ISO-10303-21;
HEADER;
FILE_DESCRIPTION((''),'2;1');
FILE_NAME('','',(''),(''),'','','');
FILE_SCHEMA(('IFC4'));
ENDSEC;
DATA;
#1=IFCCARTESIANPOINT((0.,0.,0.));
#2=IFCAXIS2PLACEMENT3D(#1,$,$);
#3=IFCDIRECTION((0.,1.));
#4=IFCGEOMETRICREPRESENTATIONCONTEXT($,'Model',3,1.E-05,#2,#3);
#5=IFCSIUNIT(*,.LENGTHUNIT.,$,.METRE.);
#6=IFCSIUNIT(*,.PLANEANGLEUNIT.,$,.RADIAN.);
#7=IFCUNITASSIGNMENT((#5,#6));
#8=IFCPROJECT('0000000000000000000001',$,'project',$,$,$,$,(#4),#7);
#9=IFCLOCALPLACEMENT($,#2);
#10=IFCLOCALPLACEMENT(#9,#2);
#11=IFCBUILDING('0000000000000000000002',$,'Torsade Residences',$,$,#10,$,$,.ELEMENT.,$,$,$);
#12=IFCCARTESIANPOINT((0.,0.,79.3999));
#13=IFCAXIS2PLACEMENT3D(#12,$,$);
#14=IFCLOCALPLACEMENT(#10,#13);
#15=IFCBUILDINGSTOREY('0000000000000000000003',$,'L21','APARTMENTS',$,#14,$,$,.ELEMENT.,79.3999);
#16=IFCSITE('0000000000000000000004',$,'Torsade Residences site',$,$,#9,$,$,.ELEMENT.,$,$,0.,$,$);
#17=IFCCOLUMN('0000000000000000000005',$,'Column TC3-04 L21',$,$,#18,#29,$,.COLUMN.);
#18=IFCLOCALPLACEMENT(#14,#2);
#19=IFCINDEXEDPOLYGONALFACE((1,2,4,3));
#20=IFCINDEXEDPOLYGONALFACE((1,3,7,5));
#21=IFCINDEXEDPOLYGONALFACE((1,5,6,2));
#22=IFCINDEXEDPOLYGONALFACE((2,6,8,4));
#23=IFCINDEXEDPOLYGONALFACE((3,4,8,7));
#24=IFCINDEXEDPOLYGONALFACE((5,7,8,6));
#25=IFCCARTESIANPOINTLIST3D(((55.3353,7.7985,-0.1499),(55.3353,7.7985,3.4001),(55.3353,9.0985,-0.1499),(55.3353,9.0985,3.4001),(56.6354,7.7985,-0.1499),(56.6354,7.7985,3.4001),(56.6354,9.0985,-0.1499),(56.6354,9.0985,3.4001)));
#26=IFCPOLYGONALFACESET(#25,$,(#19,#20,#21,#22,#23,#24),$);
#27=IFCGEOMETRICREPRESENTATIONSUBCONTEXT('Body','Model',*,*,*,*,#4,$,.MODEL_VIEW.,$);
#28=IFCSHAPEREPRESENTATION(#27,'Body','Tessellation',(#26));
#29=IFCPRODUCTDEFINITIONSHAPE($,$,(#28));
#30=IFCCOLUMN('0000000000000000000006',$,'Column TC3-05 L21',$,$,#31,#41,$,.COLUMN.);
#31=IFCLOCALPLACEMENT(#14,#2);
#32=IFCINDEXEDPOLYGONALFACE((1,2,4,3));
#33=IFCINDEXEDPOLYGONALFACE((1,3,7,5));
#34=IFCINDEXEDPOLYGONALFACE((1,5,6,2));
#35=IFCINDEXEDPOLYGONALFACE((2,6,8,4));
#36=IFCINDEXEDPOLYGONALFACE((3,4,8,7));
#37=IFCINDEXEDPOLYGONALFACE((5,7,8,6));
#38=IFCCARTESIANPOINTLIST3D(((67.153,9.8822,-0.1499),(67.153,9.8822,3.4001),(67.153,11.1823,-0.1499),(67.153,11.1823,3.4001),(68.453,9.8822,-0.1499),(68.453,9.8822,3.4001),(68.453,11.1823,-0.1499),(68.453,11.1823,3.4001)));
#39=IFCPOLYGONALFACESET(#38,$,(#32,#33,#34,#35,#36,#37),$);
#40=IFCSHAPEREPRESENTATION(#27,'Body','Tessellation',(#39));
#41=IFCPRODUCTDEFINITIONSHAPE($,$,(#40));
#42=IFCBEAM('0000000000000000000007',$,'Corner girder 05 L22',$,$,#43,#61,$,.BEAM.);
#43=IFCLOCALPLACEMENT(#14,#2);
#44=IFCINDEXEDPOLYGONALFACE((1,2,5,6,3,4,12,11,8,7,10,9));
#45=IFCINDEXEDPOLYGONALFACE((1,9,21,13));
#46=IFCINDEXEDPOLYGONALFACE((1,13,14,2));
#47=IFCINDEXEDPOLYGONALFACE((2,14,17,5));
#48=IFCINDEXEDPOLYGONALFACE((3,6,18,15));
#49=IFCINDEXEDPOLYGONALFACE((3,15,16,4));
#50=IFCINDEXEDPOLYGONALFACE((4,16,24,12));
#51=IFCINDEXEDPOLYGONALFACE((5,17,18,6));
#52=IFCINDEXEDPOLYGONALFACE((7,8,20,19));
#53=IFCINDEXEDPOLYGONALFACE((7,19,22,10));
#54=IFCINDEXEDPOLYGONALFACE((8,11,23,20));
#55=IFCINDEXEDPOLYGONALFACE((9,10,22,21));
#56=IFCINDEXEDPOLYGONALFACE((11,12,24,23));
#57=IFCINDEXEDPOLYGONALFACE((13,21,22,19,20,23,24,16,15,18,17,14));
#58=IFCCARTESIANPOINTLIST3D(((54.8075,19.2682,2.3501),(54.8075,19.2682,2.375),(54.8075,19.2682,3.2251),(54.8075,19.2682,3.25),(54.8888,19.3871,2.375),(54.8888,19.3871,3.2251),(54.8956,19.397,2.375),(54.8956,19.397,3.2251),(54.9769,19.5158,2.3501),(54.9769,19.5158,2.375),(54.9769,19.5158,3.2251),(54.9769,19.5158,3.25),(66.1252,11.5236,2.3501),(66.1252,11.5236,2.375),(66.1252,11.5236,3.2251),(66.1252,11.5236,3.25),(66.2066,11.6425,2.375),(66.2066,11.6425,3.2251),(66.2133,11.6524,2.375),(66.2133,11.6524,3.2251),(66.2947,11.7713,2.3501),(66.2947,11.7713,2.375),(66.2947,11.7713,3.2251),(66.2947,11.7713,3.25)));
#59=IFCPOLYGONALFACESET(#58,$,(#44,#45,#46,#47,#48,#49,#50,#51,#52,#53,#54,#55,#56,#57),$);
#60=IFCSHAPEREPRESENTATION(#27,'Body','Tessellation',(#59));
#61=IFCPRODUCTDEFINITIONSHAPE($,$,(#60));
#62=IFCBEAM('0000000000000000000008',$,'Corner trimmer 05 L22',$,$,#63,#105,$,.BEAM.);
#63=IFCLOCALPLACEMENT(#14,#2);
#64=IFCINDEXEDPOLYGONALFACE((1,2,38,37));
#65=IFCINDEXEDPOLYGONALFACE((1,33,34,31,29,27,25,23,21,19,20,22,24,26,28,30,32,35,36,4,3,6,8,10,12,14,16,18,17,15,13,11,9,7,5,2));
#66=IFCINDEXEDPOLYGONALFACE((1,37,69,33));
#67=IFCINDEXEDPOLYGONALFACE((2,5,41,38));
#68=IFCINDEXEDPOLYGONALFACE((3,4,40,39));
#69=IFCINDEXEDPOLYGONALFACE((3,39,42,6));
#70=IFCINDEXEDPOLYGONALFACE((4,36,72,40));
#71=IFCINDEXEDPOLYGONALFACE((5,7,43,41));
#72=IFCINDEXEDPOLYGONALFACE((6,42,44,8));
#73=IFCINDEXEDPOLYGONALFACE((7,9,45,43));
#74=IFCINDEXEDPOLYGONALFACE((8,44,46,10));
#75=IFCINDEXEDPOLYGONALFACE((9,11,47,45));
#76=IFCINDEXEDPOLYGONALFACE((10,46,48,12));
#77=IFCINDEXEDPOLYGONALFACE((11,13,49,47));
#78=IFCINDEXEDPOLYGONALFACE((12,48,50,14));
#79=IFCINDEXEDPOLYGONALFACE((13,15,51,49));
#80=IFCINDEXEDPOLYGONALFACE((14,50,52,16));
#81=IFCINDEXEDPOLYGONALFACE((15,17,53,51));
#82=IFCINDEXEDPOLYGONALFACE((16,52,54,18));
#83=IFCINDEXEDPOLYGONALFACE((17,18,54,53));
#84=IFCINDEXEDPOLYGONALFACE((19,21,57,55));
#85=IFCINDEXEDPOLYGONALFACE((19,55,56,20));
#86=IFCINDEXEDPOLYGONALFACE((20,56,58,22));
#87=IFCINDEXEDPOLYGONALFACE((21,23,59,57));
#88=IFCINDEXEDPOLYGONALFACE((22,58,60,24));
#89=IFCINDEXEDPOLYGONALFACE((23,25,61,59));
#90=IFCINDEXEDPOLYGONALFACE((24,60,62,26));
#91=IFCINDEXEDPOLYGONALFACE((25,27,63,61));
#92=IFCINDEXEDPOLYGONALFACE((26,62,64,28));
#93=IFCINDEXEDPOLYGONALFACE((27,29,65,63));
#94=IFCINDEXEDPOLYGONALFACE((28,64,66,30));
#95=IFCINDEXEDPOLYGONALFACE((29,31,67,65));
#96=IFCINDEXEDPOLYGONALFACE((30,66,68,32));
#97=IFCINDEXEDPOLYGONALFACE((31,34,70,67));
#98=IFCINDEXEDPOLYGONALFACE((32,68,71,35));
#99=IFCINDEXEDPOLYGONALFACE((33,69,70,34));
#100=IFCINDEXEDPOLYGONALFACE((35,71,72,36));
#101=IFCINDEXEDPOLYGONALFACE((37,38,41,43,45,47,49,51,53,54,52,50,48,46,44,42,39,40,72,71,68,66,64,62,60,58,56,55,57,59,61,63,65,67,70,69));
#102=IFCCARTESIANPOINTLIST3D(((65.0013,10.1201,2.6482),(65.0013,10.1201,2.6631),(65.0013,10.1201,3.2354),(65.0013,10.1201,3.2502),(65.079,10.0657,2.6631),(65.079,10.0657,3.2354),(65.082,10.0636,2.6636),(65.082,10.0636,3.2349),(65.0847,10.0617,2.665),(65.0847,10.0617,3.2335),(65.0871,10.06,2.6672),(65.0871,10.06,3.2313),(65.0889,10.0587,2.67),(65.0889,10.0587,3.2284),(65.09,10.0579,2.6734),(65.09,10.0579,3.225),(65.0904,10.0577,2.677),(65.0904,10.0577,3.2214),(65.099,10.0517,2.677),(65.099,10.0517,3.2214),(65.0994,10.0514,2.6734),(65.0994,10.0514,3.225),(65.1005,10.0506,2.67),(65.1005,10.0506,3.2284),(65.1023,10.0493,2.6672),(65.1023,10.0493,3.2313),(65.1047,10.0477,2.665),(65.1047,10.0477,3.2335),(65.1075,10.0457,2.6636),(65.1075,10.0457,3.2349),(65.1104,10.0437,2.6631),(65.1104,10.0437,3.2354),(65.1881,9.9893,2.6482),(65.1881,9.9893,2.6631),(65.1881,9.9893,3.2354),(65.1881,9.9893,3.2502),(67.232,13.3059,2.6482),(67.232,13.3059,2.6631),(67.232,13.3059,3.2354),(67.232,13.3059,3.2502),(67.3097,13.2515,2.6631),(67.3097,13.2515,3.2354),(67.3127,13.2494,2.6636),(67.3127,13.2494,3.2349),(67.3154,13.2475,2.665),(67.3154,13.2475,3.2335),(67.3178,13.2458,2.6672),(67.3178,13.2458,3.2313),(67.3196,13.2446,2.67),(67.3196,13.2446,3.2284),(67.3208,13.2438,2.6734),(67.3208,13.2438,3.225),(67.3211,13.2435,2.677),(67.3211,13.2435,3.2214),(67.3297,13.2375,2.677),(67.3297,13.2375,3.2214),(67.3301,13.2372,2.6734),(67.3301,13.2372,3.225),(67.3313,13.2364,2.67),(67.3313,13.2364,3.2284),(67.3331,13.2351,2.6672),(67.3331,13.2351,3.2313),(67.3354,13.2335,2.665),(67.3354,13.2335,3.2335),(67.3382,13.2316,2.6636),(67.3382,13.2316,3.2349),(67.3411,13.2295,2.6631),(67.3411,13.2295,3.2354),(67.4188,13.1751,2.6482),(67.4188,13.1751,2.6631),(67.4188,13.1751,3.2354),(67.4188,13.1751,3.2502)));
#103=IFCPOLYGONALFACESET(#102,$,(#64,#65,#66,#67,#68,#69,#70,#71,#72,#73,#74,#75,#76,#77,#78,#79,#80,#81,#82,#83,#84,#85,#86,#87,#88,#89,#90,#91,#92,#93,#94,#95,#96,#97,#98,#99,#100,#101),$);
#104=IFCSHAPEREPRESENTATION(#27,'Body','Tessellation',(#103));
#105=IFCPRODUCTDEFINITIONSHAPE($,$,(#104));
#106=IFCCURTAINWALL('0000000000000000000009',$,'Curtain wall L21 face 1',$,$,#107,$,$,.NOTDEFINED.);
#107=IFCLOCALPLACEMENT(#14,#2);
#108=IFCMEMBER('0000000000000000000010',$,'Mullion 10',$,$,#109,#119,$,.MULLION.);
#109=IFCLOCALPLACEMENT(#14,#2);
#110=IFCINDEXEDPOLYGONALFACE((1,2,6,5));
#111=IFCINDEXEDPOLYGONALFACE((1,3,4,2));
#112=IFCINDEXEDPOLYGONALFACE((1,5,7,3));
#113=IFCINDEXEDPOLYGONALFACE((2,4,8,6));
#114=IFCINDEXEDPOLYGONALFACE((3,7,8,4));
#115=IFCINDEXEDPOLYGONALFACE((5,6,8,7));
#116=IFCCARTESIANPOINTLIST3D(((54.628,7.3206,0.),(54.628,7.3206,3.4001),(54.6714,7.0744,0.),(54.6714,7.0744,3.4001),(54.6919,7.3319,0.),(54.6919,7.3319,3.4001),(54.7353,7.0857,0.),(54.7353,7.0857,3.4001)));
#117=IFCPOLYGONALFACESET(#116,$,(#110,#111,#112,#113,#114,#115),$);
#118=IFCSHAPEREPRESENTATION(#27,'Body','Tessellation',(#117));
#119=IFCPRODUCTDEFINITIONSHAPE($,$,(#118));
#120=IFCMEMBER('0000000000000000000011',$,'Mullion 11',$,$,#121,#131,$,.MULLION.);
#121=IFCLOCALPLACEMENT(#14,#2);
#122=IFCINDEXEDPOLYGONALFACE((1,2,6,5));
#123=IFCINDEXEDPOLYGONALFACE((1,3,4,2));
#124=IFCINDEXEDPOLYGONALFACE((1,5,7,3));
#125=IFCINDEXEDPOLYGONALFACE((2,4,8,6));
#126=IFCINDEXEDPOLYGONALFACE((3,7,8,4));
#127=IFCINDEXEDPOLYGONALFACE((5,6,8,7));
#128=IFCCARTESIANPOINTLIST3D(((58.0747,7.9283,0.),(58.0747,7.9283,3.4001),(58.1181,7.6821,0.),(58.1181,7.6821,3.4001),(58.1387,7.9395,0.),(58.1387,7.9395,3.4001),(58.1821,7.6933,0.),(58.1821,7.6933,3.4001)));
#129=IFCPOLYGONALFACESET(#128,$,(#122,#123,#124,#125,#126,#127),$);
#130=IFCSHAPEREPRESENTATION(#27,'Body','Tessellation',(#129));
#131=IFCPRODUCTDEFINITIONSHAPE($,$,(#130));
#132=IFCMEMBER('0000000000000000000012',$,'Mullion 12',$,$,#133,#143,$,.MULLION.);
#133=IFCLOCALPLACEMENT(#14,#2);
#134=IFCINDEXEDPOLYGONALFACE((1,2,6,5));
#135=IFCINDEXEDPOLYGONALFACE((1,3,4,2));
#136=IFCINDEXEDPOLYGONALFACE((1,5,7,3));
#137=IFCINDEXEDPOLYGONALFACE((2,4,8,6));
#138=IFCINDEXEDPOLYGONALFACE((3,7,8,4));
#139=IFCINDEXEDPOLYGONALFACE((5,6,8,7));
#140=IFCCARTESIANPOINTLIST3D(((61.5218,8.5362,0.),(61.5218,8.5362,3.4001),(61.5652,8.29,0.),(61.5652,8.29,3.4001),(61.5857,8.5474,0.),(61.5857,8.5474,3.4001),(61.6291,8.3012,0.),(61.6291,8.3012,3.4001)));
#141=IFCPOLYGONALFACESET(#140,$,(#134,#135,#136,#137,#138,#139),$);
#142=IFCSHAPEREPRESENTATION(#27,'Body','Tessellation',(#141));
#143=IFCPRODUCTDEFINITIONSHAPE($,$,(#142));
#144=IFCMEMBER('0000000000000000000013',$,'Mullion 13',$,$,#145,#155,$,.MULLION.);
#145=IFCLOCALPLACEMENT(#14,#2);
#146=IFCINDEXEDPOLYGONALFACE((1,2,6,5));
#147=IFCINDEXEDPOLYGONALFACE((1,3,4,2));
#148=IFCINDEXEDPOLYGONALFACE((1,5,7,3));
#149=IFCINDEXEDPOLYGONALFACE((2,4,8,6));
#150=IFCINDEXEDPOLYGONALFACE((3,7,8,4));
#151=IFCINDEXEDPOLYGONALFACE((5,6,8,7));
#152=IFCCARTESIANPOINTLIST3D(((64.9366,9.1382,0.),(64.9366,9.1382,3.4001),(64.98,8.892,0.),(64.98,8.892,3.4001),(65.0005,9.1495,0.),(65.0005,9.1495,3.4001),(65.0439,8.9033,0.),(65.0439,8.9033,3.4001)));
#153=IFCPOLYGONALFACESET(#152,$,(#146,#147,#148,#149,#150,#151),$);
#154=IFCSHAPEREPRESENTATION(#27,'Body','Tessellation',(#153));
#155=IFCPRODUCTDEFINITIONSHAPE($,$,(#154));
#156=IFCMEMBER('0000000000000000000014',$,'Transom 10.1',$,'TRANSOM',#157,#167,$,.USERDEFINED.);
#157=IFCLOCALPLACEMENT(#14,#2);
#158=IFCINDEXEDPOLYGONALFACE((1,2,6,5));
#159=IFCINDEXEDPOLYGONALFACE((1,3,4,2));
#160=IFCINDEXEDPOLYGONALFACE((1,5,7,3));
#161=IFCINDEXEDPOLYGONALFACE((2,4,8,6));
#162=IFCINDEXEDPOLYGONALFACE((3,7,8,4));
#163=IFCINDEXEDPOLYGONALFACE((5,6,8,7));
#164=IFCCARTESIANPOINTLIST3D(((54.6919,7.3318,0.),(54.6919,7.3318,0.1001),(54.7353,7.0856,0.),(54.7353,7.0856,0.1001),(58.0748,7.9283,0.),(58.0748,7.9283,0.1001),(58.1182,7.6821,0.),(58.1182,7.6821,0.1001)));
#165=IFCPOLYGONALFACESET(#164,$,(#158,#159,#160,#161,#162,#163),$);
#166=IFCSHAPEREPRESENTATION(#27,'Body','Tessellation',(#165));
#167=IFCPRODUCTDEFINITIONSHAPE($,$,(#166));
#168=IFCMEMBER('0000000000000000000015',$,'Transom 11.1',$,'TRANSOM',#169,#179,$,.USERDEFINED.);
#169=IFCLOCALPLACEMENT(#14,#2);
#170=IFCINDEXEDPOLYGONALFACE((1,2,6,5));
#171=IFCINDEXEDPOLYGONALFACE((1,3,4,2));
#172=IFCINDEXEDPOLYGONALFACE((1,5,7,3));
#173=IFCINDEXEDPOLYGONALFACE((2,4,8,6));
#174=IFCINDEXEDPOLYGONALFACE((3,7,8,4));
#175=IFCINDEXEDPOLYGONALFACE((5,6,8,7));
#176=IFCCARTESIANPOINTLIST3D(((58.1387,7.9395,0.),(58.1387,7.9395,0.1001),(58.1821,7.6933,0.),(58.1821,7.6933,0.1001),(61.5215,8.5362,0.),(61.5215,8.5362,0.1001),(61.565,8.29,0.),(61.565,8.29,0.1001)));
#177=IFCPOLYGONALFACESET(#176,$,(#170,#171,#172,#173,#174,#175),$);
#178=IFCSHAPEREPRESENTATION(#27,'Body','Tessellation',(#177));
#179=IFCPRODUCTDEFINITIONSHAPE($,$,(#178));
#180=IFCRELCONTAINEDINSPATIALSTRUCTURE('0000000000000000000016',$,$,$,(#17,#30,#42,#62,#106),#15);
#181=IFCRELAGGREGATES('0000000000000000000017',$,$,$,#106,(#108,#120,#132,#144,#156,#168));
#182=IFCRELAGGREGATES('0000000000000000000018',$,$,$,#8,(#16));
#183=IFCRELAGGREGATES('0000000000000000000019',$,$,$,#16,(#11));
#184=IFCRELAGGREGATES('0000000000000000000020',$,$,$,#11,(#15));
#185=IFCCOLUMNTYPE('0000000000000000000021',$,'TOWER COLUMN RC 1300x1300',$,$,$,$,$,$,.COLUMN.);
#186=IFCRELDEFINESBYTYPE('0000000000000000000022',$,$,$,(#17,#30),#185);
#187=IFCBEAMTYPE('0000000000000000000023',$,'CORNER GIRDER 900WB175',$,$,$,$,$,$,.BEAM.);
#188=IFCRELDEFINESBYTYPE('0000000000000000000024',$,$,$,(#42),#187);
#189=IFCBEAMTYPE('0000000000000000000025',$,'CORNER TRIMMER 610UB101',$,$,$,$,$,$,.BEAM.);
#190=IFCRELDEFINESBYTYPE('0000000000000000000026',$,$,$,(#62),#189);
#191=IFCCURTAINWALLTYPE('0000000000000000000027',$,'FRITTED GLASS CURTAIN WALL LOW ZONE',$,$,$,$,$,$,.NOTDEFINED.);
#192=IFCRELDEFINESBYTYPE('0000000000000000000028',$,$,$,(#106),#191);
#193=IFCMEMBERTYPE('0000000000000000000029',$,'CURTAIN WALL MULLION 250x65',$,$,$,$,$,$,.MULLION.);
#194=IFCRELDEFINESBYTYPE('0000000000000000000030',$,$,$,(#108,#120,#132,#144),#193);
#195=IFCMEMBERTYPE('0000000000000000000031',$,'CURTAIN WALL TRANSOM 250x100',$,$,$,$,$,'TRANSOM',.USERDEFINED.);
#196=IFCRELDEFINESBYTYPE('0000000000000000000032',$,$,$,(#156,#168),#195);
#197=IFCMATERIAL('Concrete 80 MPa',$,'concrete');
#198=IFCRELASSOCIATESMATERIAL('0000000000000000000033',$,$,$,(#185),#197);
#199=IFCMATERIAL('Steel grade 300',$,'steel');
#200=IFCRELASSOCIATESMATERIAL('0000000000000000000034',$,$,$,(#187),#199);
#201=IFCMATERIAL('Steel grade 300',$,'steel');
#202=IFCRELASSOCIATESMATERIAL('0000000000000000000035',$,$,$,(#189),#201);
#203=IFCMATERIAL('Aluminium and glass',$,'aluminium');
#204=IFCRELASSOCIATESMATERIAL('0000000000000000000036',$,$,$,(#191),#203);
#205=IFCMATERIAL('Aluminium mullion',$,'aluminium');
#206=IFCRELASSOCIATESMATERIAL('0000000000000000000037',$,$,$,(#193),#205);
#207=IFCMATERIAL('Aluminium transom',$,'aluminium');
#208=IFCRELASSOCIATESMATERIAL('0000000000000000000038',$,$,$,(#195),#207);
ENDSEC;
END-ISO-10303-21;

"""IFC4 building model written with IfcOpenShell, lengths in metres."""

from ifc_helpers import new_model, si_unit, direction, frame, origin, origin_2d, place, context, subcontext, project, spatial, rectangle, i_section, extrude, material, material_profile, profile_set, type_object, element, aggregate, save


model = new_model("IFC4")

# Units and contexts
model_context = context("Model", 3, precision=1e-05, world=origin(), true_north=direction((0.0, 1.0)))
body_context = subcontext(model_context, "Body", "Model", "MODEL_VIEW")
ifc_project = project(units=[si_unit("LENGTHUNIT", "METRE"), si_unit("PLANEANGLEUNIT", "RADIAN")], contexts=[model_context])

# Site, building, storey
site_placement = place(None, origin())
site = spatial("IfcSite", under=ifc_project, at=site_placement, Name="Torsade Residences site", CompositionType="ELEMENT", RefElevation=0.0)
building_placement = place(site_placement, origin())
building = spatial("IfcBuilding", under=site, at=building_placement, Name="Torsade Residences", CompositionType="ELEMENT")
storey_placement = place(building_placement, frame((0.0, 0.0, 79.3999)))
storey = spatial("IfcBuildingStorey", under=building, at=storey_placement, Name="L21", Description="APARTMENTS", CompositionType="ELEMENT", Elevation=79.3999)

# Columns
ifc_material_1 = material(Name="Concrete 80 MPa", Category="concrete")
ifc_material_profile_1 = material_profile(ifc_material_1, rectangle(XDim=1.3, YDim=1.3, at=origin_2d()), Name="RC 1300x1300")
ifc_profile_set_1 = profile_set([ifc_material_profile_1], Name="Concrete 80 MPa")
column_type = type_object("IfcColumnType", Name="TOWER COLUMN RC 1300x1300", PredefinedType="COLUMN", material=ifc_profile_set_1)
for number, where, z_axis, x_axis, name in (
    (1, (55.9854, 8.4485, -0.1499), (0.0, 0.0, 1.0), (1.0, 0.0, 0.0), "Column TC3-04 L21"),
    (2, (67.803, 10.5322, -0.1499), (0.0, 0.0, 1.0), (1.0, 0.0, 0.0), "Column TC3-05 L21"),
):
    element("IfcColumn", number, at=place(storey_placement, frame(where, z_axis=z_axis, x_axis=x_axis)), inside=storey, type_object=column_type, Name=name, PredefinedType="COLUMN", context=body_context, shape_type="SweptSolid", body=[
        extrude(rectangle(XDim=1.3, YDim=1.3, at=origin_2d()), origin(), (0.0, 0.0, 1.0), 3.55),
    ])

# Beams
ifc_material_2 = material(Name="Steel grade 300", Category="steel")
ifc_material_profile_2 = material_profile(ifc_material_2, i_section(OverallWidth=0.3, OverallDepth=0.8999, WebThickness=0.012, FlangeThickness=0.0249, at=origin_2d()), Name="900WB175")
ifc_profile_set_2 = profile_set([ifc_material_profile_2], Name="Steel grade 300")
beam_type_1 = type_object("IfcBeamType", Name="CORNER GIRDER 900WB175", PredefinedType="BEAM", material=ifc_profile_set_2)
beam_1_placement = place(storey_placement, frame((66.21, 11.6475, 2.8), z_axis=(-0.825279, 0.564725, 0.0), x_axis=(-0.564725, -0.825279, 0.0)))
element("IfcBeam", 3, at=beam_1_placement, inside=storey, type_object=beam_type_1, Name="Corner girder 05 L22", PredefinedType="BEAM", context=body_context, shape_type="SweptSolid", body=[
    extrude(i_section(OverallWidth=0.3, OverallDepth=0.8999, WebThickness=0.012, FlangeThickness=0.0249, at=origin_2d()), origin(), (0.0, 0.0, 1.0), 13.7139),
])
ifc_material_3 = material(Name="Steel grade 300", Category="steel")
ifc_material_profile_3 = material_profile(ifc_material_3, i_section(OverallWidth=0.228, OverallDepth=0.6021, WebThickness=0.0105, FlangeThickness=0.0149, FilletRadius=0.0139, at=origin_2d()), Name="610UB101")
ifc_profile_set_3 = profile_set([ifc_material_profile_3], Name="Steel grade 300")
beam_type_2 = type_object("IfcBeamType", Name="CORNER TRIMMER 610UB101", PredefinedType="BEAM", material=ifc_profile_set_3)
beam_2_placement = place(storey_placement, frame((67.3254, 13.2405, 2.9492), z_axis=(-0.573576, -0.819152, 0.0), x_axis=(0.819152, -0.573576, 0.0)))
element("IfcBeam", 4, at=beam_2_placement, inside=storey, type_object=beam_type_2, Name="Corner trimmer 05 L22", PredefinedType="BEAM", context=body_context, shape_type="SweptSolid", body=[
    extrude(i_section(OverallWidth=0.228, OverallDepth=0.6021, WebThickness=0.0105, FlangeThickness=0.0149, FilletRadius=0.0139, at=origin_2d()), origin(), (0.0, 0.0, 1.0), 3.8892),
])

# Curtain wall, members
ifc_material_4 = material(Name="Aluminium and glass", Category="aluminium")
curtain_wall_type = type_object("IfcCurtainWallType", Name="FRITTED GLASS CURTAIN WALL LOW ZONE", PredefinedType="NOTDEFINED", material=ifc_material_4)
curtain_wall_placement = place(storey_placement, origin())
curtain_wall = element("IfcCurtainWall", 5, at=curtain_wall_placement, inside=storey, type_object=curtain_wall_type, Name="Curtain wall L21 face 1", PredefinedType="NOTDEFINED")
ifc_material_5 = material(Name="Aluminium mullion", Category="aluminium")
ifc_material_profile_4 = material_profile(ifc_material_5, rectangle(XDim=0.25, YDim=0.0649, at=origin_2d()), Name="CURTAIN WALL MULLION 250x65")
ifc_profile_set_4 = profile_set([ifc_material_profile_4], Name="Aluminium mullion")
member_type_1 = type_object("IfcMemberType", Name="CURTAIN WALL MULLION 250x65", PredefinedType="MULLION", material=ifc_profile_set_4)
member_1_placement = place(storey_placement, frame((54.6816, 7.2031, 0.0), z_axis=(0.0, 0.0, 1.0), x_axis=(-0.173648, 0.984808, 0.0)))
member_1 = element("IfcMember", 6, at=member_1_placement, type_object=member_type_1, Name="Mullion 10", PredefinedType="MULLION", context=body_context, shape_type="SweptSolid", body=[
    extrude(rectangle(XDim=0.25, YDim=0.0649, at=origin_2d()), origin(), (0.0, 0.0, 1.0), 3.4001),
])
member_2_placement = place(storey_placement, frame((58.1284, 7.8108, 0.0), z_axis=(0.0, 0.0, 1.0), x_axis=(-0.173648, 0.984808, 0.0)))
member_2 = element("IfcMember", 7, at=member_2_placement, type_object=member_type_1, Name="Mullion 11", PredefinedType="MULLION", context=body_context, shape_type="SweptSolid", body=[
    extrude(rectangle(XDim=0.25, YDim=0.0649, at=origin_2d()), origin(), (0.0, 0.0, 1.0), 3.4001),
])
member_3_placement = place(storey_placement, frame((61.5754, 8.4187, 0.0), z_axis=(0.0, 0.0, 1.0), x_axis=(-0.173648, 0.984808, 0.0)))
member_3 = element("IfcMember", 8, at=member_3_placement, type_object=member_type_1, Name="Mullion 12", PredefinedType="MULLION", context=body_context, shape_type="SweptSolid", body=[
    extrude(rectangle(XDim=0.25, YDim=0.0649, at=origin_2d()), origin(), (0.0, 0.0, 1.0), 3.4001),
])
member_4_placement = place(storey_placement, frame((64.9902, 9.0208, 0.0), z_axis=(0.0, 0.0, 1.0), x_axis=(-0.173648, 0.984808, 0.0)))
member_4 = element("IfcMember", 9, at=member_4_placement, type_object=member_type_1, Name="Mullion 13", PredefinedType="MULLION", context=body_context, shape_type="SweptSolid", body=[
    extrude(rectangle(XDim=0.25, YDim=0.0649, at=origin_2d()), origin(), (0.0, 0.0, 1.0), 3.4001),
])
ifc_material_6 = material(Name="Aluminium transom", Category="aluminium")
ifc_material_profile_5 = material_profile(ifc_material_6, rectangle(XDim=0.25, YDim=0.1001, at=origin_2d()), Name="CURTAIN WALL TRANSOM 250x100")
ifc_profile_set_5 = profile_set([ifc_material_profile_5], Name="Aluminium transom")
member_type_2 = type_object("IfcMemberType", Name="CURTAIN WALL TRANSOM 250x100", ElementType="TRANSOM", PredefinedType="USERDEFINED", material=ifc_profile_set_5)
member_5_placement = place(storey_placement, frame((54.7136, 7.2087, 0.05), z_axis=(0.98481, 0.173635, 0.0), x_axis=(-0.173635, 0.98481, 0.0)))
member_5 = element("IfcMember", 10, at=member_5_placement, type_object=member_type_2, Name="Transom 10.1", ObjectType="TRANSOM", PredefinedType="USERDEFINED", context=body_context, shape_type="SweptSolid", body=[
    extrude(rectangle(XDim=0.25, YDim=0.1001, at=origin_2d()), origin(), (0.0, 0.0, 1.0), 3.4351),
])
member_6_placement = place(storey_placement, frame((58.1604, 7.8164, 0.05), z_axis=(0.984798, 0.173704, 0.0), x_axis=(-0.173704, 0.984798, 0.0)))
member_6 = element("IfcMember", 11, at=member_6_placement, type_object=member_type_2, Name="Transom 11.1", ObjectType="TRANSOM", PredefinedType="USERDEFINED", context=body_context, shape_type="SweptSolid", body=[
    extrude(rectangle(XDim=0.25, YDim=0.1001, at=origin_2d()), origin(), (0.0, 0.0, 1.0), 3.4351),
])

aggregate(curtain_wall, [member_1, member_2, member_3, member_4, member_5, member_6])

save(model, "model.ifc")
